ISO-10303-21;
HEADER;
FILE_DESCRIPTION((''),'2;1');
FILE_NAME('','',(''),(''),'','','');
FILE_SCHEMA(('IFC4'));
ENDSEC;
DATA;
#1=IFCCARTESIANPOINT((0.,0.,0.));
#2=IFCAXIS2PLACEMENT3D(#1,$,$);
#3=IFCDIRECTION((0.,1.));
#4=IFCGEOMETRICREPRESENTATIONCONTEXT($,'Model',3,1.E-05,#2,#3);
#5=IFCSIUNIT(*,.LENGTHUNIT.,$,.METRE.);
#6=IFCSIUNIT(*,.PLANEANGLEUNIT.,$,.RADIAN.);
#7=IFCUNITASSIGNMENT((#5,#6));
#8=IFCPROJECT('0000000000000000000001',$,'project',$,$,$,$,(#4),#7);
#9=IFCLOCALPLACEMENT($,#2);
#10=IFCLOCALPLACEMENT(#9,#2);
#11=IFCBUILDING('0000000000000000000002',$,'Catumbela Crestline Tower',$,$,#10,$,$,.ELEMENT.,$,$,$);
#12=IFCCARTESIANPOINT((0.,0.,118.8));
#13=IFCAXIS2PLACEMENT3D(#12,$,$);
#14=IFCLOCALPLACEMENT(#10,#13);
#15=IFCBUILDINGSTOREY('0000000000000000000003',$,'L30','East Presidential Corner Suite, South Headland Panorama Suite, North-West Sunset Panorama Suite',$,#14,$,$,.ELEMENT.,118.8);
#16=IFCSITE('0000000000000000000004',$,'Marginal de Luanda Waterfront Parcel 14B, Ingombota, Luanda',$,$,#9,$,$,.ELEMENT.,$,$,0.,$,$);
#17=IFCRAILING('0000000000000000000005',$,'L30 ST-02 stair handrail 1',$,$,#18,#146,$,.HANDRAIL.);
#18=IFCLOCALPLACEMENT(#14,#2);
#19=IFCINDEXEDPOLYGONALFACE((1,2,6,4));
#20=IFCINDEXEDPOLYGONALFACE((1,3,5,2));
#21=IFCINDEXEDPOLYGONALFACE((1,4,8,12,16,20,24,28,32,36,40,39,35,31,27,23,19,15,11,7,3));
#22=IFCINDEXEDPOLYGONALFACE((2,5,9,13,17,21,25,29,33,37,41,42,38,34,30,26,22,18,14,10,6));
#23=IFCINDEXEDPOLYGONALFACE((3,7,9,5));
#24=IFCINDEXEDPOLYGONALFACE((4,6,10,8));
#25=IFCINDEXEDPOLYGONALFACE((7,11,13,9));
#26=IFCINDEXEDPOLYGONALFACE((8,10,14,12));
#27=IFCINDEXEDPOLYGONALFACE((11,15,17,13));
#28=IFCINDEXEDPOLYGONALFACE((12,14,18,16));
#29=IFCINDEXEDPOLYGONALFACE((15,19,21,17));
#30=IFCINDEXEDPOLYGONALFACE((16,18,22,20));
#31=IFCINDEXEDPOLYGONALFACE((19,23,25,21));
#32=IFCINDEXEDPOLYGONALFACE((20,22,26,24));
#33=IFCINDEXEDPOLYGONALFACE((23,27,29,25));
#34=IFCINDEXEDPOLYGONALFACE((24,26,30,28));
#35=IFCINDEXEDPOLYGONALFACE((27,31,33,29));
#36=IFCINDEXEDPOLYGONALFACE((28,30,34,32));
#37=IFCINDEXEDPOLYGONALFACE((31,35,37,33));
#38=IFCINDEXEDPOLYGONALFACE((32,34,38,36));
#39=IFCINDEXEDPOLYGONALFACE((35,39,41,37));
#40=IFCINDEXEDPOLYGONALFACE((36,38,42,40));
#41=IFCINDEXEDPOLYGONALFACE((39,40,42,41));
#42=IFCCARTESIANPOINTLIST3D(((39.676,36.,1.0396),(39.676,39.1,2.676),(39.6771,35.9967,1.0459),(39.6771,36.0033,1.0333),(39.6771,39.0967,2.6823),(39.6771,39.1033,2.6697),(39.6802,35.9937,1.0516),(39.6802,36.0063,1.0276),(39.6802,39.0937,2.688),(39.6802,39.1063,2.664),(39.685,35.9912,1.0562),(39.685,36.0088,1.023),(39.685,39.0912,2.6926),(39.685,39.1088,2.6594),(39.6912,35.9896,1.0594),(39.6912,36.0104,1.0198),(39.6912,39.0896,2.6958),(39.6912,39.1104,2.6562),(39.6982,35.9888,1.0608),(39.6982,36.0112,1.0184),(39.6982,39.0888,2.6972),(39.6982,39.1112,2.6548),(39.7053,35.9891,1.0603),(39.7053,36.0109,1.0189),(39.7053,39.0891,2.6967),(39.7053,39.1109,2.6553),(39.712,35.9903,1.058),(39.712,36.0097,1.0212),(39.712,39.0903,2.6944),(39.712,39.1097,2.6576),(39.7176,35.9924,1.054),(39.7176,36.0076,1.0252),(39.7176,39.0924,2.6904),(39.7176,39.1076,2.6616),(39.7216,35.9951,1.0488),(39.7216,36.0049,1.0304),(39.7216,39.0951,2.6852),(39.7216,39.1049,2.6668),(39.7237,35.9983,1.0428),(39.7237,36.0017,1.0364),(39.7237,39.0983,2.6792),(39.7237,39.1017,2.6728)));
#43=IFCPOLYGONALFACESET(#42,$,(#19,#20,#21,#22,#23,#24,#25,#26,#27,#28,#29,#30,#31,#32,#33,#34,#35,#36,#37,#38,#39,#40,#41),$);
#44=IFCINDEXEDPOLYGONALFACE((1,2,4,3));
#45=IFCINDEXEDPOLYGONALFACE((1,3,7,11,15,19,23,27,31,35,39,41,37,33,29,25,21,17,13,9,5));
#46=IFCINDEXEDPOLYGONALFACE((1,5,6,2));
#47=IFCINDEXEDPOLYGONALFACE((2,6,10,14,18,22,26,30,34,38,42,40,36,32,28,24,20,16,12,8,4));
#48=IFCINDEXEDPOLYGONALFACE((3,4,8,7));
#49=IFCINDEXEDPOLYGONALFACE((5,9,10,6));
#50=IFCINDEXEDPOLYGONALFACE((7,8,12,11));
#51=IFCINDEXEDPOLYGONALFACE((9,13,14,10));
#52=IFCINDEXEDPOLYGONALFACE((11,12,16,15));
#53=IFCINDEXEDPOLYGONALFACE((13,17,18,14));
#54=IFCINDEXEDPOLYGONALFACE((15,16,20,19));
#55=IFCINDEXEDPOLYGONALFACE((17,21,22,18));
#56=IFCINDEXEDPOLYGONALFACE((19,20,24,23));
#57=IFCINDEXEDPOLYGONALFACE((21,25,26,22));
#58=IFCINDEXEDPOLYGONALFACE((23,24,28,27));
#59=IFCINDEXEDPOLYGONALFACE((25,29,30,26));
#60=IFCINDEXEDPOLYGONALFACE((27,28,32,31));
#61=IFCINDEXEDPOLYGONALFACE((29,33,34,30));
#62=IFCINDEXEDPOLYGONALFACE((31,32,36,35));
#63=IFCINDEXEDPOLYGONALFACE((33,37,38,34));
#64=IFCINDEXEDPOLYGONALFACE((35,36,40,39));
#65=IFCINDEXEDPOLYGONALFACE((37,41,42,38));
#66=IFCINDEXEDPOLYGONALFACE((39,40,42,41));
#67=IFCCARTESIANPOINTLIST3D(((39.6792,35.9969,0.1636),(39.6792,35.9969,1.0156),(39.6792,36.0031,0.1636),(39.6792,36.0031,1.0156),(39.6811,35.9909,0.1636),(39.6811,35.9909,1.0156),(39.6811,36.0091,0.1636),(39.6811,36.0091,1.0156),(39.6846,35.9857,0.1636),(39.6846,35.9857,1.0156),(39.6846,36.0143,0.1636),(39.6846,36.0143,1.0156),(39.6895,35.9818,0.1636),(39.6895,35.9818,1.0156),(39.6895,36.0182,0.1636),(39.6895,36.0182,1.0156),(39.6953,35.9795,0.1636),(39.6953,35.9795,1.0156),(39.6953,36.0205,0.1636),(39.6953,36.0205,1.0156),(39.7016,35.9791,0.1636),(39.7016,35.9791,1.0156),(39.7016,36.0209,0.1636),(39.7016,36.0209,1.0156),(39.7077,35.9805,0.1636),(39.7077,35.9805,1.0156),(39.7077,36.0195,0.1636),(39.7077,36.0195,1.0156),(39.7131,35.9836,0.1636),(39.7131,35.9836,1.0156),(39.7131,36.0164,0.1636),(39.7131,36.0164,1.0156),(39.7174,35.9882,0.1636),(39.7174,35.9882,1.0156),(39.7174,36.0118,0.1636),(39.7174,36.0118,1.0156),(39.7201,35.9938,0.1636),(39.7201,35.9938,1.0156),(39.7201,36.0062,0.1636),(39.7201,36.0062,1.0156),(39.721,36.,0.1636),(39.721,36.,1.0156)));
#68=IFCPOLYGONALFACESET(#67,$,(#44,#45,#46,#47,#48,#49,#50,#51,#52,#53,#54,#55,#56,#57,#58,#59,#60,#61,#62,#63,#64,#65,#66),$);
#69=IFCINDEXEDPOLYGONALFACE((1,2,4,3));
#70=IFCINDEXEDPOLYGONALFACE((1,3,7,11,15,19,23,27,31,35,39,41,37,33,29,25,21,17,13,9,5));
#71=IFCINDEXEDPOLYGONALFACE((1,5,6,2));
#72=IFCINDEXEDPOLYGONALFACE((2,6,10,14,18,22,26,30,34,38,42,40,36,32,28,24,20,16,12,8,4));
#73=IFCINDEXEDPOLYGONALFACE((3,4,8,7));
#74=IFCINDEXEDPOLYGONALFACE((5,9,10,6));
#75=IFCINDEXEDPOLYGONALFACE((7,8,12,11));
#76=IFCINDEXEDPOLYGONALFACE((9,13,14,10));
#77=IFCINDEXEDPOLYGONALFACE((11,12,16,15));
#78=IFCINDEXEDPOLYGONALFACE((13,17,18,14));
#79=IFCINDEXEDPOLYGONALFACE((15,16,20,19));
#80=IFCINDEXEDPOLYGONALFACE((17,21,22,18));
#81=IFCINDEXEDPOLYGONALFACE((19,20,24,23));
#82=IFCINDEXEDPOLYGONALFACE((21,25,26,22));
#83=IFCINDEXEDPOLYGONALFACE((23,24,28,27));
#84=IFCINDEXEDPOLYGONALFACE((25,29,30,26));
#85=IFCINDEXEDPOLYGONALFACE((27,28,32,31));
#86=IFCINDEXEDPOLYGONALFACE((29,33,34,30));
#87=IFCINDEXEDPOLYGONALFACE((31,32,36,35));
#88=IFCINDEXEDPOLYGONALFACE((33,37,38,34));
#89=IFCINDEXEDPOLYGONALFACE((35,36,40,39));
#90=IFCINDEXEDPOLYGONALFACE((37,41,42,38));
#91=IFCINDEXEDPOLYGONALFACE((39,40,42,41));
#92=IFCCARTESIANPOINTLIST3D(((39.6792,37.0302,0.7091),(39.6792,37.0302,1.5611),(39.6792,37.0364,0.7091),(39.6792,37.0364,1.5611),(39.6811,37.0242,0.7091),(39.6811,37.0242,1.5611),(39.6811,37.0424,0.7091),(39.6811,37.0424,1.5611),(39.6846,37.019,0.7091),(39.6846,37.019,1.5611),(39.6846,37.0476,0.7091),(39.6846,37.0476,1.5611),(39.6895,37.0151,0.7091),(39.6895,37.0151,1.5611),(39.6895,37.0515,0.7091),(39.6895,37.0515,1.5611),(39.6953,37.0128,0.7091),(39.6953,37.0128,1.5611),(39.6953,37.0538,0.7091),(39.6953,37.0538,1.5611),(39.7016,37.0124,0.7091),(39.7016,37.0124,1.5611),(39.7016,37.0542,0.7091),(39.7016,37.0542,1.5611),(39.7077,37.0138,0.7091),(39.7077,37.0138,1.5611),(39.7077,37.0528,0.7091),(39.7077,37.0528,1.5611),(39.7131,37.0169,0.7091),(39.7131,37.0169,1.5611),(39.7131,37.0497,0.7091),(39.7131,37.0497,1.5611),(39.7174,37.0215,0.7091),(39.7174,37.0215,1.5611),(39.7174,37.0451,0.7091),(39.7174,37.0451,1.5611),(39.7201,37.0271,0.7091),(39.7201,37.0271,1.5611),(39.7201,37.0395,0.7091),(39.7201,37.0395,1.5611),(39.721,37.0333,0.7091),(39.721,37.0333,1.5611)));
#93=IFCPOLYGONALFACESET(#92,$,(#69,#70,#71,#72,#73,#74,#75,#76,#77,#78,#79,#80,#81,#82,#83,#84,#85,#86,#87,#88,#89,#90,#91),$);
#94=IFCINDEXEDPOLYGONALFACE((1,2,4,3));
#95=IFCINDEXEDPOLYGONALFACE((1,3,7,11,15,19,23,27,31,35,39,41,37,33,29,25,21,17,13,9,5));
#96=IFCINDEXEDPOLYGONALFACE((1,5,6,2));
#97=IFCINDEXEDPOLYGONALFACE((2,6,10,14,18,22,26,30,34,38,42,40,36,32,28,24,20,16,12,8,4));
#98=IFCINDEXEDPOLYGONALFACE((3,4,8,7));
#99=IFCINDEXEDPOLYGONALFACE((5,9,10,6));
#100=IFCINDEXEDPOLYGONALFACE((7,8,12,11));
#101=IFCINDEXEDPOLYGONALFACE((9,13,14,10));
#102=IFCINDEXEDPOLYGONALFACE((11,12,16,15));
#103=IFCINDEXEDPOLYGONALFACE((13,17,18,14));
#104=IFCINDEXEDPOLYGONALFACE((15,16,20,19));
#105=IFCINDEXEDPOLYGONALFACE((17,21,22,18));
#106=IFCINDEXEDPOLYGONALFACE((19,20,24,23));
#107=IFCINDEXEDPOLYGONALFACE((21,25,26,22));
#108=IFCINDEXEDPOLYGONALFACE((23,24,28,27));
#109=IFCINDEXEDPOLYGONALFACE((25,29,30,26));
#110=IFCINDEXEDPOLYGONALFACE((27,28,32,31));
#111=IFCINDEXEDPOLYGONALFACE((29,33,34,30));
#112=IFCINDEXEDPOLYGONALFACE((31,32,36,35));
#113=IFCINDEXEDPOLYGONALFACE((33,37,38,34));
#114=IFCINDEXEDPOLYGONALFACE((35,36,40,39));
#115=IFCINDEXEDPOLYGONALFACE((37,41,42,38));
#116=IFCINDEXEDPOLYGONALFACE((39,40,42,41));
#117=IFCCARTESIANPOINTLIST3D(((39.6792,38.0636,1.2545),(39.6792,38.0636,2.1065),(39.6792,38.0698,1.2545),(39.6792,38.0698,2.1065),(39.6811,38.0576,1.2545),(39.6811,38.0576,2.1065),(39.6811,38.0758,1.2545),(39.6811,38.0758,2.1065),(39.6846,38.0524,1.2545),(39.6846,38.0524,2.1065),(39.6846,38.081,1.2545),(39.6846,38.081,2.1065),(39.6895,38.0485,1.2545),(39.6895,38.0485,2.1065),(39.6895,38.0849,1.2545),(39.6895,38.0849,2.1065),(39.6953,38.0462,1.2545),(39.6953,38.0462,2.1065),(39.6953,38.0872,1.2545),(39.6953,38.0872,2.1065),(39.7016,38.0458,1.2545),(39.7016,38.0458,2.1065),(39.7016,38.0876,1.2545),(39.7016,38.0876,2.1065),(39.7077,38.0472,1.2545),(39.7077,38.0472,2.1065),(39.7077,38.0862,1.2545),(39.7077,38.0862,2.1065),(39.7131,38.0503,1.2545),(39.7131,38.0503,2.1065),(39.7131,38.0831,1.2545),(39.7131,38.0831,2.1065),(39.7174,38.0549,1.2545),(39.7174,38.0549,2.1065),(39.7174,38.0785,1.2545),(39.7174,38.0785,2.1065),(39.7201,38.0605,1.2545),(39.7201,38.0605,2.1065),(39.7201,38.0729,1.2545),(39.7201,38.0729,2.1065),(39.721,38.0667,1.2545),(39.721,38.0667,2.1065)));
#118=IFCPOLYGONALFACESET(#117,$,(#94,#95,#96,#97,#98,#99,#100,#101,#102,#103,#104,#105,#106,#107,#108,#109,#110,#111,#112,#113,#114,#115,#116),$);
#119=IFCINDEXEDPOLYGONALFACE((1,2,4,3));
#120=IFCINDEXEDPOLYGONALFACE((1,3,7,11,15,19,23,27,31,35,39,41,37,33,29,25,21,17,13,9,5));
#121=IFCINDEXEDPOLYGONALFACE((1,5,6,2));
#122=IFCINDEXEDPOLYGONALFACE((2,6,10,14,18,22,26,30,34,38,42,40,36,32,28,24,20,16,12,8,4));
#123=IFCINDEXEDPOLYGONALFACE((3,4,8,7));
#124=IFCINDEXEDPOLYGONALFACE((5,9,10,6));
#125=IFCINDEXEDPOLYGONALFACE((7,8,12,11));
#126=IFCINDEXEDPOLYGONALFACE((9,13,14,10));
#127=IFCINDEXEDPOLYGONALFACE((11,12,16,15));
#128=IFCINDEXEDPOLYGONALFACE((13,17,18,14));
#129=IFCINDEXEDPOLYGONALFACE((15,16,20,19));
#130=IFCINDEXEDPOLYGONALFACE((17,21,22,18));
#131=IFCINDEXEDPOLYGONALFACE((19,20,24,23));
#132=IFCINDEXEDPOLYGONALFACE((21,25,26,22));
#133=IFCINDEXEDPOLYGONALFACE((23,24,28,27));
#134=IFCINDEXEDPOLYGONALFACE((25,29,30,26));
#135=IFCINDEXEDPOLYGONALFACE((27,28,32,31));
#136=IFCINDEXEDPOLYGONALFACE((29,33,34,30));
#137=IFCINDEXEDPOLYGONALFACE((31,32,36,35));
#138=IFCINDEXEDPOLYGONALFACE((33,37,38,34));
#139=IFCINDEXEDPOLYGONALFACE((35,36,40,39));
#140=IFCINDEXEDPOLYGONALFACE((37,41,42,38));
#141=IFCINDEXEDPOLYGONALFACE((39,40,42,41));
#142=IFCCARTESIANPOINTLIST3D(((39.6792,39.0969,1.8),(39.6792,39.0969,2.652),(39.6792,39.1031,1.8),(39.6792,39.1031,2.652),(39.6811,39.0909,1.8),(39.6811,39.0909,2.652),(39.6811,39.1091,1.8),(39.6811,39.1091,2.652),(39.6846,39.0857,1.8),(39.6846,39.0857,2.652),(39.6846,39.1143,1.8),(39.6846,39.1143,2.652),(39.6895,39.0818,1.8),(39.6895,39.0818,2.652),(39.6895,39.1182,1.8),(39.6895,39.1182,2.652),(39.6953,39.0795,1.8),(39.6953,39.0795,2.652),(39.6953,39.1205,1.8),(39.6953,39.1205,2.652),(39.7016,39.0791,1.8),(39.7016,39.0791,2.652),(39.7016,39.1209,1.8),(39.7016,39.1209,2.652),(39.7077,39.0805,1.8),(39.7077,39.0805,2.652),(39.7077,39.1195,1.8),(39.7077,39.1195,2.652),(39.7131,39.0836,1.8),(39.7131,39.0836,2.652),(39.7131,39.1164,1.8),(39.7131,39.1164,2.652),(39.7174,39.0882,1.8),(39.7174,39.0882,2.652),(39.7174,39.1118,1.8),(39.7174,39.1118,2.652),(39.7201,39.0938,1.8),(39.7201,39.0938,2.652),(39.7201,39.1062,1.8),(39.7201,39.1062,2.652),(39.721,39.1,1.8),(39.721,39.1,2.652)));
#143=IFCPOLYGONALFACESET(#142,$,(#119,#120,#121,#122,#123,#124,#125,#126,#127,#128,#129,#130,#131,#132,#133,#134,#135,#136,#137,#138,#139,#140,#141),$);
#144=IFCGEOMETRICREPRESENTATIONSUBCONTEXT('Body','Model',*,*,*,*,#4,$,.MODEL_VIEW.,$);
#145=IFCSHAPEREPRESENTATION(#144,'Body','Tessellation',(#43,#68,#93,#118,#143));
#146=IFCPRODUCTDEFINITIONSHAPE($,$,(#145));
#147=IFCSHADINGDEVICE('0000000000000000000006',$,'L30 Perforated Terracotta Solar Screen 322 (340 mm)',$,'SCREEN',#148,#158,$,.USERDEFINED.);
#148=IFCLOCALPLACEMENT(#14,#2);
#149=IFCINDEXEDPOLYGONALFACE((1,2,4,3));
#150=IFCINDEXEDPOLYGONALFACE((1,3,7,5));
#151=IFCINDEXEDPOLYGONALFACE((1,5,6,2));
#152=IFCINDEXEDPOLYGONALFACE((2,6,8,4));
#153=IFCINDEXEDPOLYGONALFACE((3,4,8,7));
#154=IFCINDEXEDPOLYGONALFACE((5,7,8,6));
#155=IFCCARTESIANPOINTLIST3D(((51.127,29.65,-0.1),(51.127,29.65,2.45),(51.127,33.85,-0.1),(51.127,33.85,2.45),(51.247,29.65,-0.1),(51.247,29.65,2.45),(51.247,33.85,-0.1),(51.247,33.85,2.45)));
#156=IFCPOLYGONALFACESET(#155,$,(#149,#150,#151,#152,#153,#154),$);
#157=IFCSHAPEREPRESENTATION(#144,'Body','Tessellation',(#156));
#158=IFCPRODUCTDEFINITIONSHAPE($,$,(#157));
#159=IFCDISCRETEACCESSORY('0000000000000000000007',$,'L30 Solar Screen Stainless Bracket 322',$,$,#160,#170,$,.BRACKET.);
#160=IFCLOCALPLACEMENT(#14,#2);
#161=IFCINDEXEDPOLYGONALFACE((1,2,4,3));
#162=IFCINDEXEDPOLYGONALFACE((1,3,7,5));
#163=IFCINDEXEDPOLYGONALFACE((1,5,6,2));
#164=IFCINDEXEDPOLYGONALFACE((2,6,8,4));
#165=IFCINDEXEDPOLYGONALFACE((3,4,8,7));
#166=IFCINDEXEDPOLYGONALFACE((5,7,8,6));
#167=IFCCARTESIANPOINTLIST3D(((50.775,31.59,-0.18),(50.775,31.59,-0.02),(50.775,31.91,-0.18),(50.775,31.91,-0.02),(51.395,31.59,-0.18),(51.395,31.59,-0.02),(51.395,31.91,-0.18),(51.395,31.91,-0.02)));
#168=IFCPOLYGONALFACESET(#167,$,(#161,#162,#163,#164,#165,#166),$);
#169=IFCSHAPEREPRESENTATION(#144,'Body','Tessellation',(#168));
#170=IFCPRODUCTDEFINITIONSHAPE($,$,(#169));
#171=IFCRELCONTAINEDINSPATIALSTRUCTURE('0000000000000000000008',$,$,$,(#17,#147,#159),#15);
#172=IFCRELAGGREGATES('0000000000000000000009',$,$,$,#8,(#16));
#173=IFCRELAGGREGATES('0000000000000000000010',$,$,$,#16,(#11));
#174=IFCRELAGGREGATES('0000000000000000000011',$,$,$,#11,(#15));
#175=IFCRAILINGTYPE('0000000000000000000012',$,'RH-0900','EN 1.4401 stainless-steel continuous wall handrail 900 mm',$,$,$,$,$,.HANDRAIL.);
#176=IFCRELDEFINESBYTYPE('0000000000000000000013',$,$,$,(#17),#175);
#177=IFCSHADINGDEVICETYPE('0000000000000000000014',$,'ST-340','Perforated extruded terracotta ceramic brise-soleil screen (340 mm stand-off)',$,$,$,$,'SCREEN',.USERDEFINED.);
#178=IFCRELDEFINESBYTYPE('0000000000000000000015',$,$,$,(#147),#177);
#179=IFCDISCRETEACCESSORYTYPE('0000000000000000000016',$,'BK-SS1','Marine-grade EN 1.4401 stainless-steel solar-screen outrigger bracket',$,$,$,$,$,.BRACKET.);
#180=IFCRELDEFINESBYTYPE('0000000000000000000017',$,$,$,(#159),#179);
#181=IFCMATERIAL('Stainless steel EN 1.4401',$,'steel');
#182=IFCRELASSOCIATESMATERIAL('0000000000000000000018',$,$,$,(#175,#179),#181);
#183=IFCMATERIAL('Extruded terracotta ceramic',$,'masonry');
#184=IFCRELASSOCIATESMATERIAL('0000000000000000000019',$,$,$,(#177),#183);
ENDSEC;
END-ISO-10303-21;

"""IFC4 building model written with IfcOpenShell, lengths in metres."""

from ifc_helpers import new_model, si_unit, direction, frame, origin, origin_2d, place, context, subcontext, project, spatial, rectangle, circle, extrude, material, type_object, element, save


model = new_model("IFC4")

# Units and contexts
model_context = context("Model", 3, precision=1e-05, world=origin(), true_north=direction((0.0, 1.0)))
body_context = subcontext(model_context, "Body", "Model", "MODEL_VIEW")
ifc_project = project(units=[si_unit("LENGTHUNIT", "METRE"), si_unit("PLANEANGLEUNIT", "RADIAN")], contexts=[model_context])

# Site, building, storey
site_placement = place(None, origin())
site = spatial("IfcSite", under=ifc_project, at=site_placement, Name="Marginal de Luanda Waterfront Parcel 14B, Ingombota, Luanda", CompositionType="ELEMENT", RefElevation=0.0)
building_placement = place(site_placement, origin())
building = spatial("IfcBuilding", under=site, at=building_placement, Name="Catumbela Crestline Tower", CompositionType="ELEMENT")
storey_placement = place(building_placement, frame((0.0, 0.0, 118.8)))
storey = spatial("IfcBuildingStorey", under=building, at=storey_placement, Name="L30", Description="East Presidential Corner Suite, South Headland Panorama Suite, North-West Sunset Panorama Suite", CompositionType="ELEMENT", Elevation=118.8)

# Shared definitions
ifc_material_1 = material(Name="Extruded terracotta ceramic", Category="masonry")

# Railing
ifc_material_2 = material(Name="Stainless steel EN 1.4401", Category="steel")
railing_type = type_object("IfcRailingType", Name="RH-0900", Description="EN 1.4401 stainless-steel continuous wall handrail 900 mm", PredefinedType="HANDRAIL", material=ifc_material_2)
railing_placement = place(storey_placement, frame((39.7, 36.0, 0.1636)))
element("IfcRailing", 1, at=railing_placement, inside=storey, type_object=railing_type, Name="L30 ST-02 stair handrail 1", PredefinedType="HANDRAIL", context=body_context, shape_type="SweptSolid", body=[
    extrude(circle(Radius=0.024, at=origin_2d()), frame((0.0, 0.0, 0.876), z_axis=(0.0, 0.884351, 0.466823), x_axis=(-1.0, 0.0, 0.0)), (0.0, 0.0, 1.0), 3.5054),
    extrude(circle(Radius=0.021, at=origin_2d()), origin(), (0.0, 0.0, 1.0), 0.852),
    extrude(circle(Radius=0.021, at=origin_2d()), frame((0.0, 1.0333, 0.5455)), (0.0, 0.0, 1.0), 0.852),
    extrude(circle(Radius=0.021, at=origin_2d()), frame((0.0, 2.0667, 1.0909)), (0.0, 0.0, 1.0), 0.852),
    extrude(circle(Radius=0.021, at=origin_2d()), frame((0.0, 3.1, 1.6364)), (0.0, 0.0, 1.0), 0.852),
])

# Shading device
shading_device_type = type_object("IfcShadingDeviceType", Name="ST-340", Description="Perforated extruded terracotta ceramic brise-soleil screen (340 mm stand-off)", ElementType="SCREEN", PredefinedType="USERDEFINED", material=ifc_material_1)
shading_device_placement = place(storey_placement, frame((51.187, 31.75, -0.1), z_axis=(0.0, 0.0, 1.0), x_axis=(0.0, 1.0, 0.0)))
element("IfcShadingDevice", 2, at=shading_device_placement, inside=storey, type_object=shading_device_type, Name="L30 Perforated Terracotta Solar Screen 322 (340 mm)", ObjectType="SCREEN", PredefinedType="USERDEFINED", context=body_context, shape_type="SweptSolid", body=[
    extrude(rectangle(XDim=4.2, YDim=0.12, at=origin_2d()), origin(), (0.0, 0.0, 1.0), 2.55),
])

# Discrete accessory
discrete_accessory_type = type_object("IfcDiscreteAccessoryType", Name="BK-SS1", Description="Marine-grade EN 1.4401 stainless-steel solar-screen outrigger bracket", PredefinedType="BRACKET", material=ifc_material_2)
discrete_accessory_placement = place(storey_placement, frame((51.085, 31.75, -0.18), z_axis=(0.0, 0.0, 1.0), x_axis=(0.0, 1.0, 0.0)))
element("IfcDiscreteAccessory", 3, at=discrete_accessory_placement, inside=storey, type_object=discrete_accessory_type, Name="L30 Solar Screen Stainless Bracket 322", PredefinedType="BRACKET", context=body_context, shape_type="SweptSolid", body=[
    extrude(rectangle(XDim=0.32, YDim=0.62, at=origin_2d()), origin(), (0.0, 0.0, 1.0), 0.16),
])

save(model, "model.ifc")
